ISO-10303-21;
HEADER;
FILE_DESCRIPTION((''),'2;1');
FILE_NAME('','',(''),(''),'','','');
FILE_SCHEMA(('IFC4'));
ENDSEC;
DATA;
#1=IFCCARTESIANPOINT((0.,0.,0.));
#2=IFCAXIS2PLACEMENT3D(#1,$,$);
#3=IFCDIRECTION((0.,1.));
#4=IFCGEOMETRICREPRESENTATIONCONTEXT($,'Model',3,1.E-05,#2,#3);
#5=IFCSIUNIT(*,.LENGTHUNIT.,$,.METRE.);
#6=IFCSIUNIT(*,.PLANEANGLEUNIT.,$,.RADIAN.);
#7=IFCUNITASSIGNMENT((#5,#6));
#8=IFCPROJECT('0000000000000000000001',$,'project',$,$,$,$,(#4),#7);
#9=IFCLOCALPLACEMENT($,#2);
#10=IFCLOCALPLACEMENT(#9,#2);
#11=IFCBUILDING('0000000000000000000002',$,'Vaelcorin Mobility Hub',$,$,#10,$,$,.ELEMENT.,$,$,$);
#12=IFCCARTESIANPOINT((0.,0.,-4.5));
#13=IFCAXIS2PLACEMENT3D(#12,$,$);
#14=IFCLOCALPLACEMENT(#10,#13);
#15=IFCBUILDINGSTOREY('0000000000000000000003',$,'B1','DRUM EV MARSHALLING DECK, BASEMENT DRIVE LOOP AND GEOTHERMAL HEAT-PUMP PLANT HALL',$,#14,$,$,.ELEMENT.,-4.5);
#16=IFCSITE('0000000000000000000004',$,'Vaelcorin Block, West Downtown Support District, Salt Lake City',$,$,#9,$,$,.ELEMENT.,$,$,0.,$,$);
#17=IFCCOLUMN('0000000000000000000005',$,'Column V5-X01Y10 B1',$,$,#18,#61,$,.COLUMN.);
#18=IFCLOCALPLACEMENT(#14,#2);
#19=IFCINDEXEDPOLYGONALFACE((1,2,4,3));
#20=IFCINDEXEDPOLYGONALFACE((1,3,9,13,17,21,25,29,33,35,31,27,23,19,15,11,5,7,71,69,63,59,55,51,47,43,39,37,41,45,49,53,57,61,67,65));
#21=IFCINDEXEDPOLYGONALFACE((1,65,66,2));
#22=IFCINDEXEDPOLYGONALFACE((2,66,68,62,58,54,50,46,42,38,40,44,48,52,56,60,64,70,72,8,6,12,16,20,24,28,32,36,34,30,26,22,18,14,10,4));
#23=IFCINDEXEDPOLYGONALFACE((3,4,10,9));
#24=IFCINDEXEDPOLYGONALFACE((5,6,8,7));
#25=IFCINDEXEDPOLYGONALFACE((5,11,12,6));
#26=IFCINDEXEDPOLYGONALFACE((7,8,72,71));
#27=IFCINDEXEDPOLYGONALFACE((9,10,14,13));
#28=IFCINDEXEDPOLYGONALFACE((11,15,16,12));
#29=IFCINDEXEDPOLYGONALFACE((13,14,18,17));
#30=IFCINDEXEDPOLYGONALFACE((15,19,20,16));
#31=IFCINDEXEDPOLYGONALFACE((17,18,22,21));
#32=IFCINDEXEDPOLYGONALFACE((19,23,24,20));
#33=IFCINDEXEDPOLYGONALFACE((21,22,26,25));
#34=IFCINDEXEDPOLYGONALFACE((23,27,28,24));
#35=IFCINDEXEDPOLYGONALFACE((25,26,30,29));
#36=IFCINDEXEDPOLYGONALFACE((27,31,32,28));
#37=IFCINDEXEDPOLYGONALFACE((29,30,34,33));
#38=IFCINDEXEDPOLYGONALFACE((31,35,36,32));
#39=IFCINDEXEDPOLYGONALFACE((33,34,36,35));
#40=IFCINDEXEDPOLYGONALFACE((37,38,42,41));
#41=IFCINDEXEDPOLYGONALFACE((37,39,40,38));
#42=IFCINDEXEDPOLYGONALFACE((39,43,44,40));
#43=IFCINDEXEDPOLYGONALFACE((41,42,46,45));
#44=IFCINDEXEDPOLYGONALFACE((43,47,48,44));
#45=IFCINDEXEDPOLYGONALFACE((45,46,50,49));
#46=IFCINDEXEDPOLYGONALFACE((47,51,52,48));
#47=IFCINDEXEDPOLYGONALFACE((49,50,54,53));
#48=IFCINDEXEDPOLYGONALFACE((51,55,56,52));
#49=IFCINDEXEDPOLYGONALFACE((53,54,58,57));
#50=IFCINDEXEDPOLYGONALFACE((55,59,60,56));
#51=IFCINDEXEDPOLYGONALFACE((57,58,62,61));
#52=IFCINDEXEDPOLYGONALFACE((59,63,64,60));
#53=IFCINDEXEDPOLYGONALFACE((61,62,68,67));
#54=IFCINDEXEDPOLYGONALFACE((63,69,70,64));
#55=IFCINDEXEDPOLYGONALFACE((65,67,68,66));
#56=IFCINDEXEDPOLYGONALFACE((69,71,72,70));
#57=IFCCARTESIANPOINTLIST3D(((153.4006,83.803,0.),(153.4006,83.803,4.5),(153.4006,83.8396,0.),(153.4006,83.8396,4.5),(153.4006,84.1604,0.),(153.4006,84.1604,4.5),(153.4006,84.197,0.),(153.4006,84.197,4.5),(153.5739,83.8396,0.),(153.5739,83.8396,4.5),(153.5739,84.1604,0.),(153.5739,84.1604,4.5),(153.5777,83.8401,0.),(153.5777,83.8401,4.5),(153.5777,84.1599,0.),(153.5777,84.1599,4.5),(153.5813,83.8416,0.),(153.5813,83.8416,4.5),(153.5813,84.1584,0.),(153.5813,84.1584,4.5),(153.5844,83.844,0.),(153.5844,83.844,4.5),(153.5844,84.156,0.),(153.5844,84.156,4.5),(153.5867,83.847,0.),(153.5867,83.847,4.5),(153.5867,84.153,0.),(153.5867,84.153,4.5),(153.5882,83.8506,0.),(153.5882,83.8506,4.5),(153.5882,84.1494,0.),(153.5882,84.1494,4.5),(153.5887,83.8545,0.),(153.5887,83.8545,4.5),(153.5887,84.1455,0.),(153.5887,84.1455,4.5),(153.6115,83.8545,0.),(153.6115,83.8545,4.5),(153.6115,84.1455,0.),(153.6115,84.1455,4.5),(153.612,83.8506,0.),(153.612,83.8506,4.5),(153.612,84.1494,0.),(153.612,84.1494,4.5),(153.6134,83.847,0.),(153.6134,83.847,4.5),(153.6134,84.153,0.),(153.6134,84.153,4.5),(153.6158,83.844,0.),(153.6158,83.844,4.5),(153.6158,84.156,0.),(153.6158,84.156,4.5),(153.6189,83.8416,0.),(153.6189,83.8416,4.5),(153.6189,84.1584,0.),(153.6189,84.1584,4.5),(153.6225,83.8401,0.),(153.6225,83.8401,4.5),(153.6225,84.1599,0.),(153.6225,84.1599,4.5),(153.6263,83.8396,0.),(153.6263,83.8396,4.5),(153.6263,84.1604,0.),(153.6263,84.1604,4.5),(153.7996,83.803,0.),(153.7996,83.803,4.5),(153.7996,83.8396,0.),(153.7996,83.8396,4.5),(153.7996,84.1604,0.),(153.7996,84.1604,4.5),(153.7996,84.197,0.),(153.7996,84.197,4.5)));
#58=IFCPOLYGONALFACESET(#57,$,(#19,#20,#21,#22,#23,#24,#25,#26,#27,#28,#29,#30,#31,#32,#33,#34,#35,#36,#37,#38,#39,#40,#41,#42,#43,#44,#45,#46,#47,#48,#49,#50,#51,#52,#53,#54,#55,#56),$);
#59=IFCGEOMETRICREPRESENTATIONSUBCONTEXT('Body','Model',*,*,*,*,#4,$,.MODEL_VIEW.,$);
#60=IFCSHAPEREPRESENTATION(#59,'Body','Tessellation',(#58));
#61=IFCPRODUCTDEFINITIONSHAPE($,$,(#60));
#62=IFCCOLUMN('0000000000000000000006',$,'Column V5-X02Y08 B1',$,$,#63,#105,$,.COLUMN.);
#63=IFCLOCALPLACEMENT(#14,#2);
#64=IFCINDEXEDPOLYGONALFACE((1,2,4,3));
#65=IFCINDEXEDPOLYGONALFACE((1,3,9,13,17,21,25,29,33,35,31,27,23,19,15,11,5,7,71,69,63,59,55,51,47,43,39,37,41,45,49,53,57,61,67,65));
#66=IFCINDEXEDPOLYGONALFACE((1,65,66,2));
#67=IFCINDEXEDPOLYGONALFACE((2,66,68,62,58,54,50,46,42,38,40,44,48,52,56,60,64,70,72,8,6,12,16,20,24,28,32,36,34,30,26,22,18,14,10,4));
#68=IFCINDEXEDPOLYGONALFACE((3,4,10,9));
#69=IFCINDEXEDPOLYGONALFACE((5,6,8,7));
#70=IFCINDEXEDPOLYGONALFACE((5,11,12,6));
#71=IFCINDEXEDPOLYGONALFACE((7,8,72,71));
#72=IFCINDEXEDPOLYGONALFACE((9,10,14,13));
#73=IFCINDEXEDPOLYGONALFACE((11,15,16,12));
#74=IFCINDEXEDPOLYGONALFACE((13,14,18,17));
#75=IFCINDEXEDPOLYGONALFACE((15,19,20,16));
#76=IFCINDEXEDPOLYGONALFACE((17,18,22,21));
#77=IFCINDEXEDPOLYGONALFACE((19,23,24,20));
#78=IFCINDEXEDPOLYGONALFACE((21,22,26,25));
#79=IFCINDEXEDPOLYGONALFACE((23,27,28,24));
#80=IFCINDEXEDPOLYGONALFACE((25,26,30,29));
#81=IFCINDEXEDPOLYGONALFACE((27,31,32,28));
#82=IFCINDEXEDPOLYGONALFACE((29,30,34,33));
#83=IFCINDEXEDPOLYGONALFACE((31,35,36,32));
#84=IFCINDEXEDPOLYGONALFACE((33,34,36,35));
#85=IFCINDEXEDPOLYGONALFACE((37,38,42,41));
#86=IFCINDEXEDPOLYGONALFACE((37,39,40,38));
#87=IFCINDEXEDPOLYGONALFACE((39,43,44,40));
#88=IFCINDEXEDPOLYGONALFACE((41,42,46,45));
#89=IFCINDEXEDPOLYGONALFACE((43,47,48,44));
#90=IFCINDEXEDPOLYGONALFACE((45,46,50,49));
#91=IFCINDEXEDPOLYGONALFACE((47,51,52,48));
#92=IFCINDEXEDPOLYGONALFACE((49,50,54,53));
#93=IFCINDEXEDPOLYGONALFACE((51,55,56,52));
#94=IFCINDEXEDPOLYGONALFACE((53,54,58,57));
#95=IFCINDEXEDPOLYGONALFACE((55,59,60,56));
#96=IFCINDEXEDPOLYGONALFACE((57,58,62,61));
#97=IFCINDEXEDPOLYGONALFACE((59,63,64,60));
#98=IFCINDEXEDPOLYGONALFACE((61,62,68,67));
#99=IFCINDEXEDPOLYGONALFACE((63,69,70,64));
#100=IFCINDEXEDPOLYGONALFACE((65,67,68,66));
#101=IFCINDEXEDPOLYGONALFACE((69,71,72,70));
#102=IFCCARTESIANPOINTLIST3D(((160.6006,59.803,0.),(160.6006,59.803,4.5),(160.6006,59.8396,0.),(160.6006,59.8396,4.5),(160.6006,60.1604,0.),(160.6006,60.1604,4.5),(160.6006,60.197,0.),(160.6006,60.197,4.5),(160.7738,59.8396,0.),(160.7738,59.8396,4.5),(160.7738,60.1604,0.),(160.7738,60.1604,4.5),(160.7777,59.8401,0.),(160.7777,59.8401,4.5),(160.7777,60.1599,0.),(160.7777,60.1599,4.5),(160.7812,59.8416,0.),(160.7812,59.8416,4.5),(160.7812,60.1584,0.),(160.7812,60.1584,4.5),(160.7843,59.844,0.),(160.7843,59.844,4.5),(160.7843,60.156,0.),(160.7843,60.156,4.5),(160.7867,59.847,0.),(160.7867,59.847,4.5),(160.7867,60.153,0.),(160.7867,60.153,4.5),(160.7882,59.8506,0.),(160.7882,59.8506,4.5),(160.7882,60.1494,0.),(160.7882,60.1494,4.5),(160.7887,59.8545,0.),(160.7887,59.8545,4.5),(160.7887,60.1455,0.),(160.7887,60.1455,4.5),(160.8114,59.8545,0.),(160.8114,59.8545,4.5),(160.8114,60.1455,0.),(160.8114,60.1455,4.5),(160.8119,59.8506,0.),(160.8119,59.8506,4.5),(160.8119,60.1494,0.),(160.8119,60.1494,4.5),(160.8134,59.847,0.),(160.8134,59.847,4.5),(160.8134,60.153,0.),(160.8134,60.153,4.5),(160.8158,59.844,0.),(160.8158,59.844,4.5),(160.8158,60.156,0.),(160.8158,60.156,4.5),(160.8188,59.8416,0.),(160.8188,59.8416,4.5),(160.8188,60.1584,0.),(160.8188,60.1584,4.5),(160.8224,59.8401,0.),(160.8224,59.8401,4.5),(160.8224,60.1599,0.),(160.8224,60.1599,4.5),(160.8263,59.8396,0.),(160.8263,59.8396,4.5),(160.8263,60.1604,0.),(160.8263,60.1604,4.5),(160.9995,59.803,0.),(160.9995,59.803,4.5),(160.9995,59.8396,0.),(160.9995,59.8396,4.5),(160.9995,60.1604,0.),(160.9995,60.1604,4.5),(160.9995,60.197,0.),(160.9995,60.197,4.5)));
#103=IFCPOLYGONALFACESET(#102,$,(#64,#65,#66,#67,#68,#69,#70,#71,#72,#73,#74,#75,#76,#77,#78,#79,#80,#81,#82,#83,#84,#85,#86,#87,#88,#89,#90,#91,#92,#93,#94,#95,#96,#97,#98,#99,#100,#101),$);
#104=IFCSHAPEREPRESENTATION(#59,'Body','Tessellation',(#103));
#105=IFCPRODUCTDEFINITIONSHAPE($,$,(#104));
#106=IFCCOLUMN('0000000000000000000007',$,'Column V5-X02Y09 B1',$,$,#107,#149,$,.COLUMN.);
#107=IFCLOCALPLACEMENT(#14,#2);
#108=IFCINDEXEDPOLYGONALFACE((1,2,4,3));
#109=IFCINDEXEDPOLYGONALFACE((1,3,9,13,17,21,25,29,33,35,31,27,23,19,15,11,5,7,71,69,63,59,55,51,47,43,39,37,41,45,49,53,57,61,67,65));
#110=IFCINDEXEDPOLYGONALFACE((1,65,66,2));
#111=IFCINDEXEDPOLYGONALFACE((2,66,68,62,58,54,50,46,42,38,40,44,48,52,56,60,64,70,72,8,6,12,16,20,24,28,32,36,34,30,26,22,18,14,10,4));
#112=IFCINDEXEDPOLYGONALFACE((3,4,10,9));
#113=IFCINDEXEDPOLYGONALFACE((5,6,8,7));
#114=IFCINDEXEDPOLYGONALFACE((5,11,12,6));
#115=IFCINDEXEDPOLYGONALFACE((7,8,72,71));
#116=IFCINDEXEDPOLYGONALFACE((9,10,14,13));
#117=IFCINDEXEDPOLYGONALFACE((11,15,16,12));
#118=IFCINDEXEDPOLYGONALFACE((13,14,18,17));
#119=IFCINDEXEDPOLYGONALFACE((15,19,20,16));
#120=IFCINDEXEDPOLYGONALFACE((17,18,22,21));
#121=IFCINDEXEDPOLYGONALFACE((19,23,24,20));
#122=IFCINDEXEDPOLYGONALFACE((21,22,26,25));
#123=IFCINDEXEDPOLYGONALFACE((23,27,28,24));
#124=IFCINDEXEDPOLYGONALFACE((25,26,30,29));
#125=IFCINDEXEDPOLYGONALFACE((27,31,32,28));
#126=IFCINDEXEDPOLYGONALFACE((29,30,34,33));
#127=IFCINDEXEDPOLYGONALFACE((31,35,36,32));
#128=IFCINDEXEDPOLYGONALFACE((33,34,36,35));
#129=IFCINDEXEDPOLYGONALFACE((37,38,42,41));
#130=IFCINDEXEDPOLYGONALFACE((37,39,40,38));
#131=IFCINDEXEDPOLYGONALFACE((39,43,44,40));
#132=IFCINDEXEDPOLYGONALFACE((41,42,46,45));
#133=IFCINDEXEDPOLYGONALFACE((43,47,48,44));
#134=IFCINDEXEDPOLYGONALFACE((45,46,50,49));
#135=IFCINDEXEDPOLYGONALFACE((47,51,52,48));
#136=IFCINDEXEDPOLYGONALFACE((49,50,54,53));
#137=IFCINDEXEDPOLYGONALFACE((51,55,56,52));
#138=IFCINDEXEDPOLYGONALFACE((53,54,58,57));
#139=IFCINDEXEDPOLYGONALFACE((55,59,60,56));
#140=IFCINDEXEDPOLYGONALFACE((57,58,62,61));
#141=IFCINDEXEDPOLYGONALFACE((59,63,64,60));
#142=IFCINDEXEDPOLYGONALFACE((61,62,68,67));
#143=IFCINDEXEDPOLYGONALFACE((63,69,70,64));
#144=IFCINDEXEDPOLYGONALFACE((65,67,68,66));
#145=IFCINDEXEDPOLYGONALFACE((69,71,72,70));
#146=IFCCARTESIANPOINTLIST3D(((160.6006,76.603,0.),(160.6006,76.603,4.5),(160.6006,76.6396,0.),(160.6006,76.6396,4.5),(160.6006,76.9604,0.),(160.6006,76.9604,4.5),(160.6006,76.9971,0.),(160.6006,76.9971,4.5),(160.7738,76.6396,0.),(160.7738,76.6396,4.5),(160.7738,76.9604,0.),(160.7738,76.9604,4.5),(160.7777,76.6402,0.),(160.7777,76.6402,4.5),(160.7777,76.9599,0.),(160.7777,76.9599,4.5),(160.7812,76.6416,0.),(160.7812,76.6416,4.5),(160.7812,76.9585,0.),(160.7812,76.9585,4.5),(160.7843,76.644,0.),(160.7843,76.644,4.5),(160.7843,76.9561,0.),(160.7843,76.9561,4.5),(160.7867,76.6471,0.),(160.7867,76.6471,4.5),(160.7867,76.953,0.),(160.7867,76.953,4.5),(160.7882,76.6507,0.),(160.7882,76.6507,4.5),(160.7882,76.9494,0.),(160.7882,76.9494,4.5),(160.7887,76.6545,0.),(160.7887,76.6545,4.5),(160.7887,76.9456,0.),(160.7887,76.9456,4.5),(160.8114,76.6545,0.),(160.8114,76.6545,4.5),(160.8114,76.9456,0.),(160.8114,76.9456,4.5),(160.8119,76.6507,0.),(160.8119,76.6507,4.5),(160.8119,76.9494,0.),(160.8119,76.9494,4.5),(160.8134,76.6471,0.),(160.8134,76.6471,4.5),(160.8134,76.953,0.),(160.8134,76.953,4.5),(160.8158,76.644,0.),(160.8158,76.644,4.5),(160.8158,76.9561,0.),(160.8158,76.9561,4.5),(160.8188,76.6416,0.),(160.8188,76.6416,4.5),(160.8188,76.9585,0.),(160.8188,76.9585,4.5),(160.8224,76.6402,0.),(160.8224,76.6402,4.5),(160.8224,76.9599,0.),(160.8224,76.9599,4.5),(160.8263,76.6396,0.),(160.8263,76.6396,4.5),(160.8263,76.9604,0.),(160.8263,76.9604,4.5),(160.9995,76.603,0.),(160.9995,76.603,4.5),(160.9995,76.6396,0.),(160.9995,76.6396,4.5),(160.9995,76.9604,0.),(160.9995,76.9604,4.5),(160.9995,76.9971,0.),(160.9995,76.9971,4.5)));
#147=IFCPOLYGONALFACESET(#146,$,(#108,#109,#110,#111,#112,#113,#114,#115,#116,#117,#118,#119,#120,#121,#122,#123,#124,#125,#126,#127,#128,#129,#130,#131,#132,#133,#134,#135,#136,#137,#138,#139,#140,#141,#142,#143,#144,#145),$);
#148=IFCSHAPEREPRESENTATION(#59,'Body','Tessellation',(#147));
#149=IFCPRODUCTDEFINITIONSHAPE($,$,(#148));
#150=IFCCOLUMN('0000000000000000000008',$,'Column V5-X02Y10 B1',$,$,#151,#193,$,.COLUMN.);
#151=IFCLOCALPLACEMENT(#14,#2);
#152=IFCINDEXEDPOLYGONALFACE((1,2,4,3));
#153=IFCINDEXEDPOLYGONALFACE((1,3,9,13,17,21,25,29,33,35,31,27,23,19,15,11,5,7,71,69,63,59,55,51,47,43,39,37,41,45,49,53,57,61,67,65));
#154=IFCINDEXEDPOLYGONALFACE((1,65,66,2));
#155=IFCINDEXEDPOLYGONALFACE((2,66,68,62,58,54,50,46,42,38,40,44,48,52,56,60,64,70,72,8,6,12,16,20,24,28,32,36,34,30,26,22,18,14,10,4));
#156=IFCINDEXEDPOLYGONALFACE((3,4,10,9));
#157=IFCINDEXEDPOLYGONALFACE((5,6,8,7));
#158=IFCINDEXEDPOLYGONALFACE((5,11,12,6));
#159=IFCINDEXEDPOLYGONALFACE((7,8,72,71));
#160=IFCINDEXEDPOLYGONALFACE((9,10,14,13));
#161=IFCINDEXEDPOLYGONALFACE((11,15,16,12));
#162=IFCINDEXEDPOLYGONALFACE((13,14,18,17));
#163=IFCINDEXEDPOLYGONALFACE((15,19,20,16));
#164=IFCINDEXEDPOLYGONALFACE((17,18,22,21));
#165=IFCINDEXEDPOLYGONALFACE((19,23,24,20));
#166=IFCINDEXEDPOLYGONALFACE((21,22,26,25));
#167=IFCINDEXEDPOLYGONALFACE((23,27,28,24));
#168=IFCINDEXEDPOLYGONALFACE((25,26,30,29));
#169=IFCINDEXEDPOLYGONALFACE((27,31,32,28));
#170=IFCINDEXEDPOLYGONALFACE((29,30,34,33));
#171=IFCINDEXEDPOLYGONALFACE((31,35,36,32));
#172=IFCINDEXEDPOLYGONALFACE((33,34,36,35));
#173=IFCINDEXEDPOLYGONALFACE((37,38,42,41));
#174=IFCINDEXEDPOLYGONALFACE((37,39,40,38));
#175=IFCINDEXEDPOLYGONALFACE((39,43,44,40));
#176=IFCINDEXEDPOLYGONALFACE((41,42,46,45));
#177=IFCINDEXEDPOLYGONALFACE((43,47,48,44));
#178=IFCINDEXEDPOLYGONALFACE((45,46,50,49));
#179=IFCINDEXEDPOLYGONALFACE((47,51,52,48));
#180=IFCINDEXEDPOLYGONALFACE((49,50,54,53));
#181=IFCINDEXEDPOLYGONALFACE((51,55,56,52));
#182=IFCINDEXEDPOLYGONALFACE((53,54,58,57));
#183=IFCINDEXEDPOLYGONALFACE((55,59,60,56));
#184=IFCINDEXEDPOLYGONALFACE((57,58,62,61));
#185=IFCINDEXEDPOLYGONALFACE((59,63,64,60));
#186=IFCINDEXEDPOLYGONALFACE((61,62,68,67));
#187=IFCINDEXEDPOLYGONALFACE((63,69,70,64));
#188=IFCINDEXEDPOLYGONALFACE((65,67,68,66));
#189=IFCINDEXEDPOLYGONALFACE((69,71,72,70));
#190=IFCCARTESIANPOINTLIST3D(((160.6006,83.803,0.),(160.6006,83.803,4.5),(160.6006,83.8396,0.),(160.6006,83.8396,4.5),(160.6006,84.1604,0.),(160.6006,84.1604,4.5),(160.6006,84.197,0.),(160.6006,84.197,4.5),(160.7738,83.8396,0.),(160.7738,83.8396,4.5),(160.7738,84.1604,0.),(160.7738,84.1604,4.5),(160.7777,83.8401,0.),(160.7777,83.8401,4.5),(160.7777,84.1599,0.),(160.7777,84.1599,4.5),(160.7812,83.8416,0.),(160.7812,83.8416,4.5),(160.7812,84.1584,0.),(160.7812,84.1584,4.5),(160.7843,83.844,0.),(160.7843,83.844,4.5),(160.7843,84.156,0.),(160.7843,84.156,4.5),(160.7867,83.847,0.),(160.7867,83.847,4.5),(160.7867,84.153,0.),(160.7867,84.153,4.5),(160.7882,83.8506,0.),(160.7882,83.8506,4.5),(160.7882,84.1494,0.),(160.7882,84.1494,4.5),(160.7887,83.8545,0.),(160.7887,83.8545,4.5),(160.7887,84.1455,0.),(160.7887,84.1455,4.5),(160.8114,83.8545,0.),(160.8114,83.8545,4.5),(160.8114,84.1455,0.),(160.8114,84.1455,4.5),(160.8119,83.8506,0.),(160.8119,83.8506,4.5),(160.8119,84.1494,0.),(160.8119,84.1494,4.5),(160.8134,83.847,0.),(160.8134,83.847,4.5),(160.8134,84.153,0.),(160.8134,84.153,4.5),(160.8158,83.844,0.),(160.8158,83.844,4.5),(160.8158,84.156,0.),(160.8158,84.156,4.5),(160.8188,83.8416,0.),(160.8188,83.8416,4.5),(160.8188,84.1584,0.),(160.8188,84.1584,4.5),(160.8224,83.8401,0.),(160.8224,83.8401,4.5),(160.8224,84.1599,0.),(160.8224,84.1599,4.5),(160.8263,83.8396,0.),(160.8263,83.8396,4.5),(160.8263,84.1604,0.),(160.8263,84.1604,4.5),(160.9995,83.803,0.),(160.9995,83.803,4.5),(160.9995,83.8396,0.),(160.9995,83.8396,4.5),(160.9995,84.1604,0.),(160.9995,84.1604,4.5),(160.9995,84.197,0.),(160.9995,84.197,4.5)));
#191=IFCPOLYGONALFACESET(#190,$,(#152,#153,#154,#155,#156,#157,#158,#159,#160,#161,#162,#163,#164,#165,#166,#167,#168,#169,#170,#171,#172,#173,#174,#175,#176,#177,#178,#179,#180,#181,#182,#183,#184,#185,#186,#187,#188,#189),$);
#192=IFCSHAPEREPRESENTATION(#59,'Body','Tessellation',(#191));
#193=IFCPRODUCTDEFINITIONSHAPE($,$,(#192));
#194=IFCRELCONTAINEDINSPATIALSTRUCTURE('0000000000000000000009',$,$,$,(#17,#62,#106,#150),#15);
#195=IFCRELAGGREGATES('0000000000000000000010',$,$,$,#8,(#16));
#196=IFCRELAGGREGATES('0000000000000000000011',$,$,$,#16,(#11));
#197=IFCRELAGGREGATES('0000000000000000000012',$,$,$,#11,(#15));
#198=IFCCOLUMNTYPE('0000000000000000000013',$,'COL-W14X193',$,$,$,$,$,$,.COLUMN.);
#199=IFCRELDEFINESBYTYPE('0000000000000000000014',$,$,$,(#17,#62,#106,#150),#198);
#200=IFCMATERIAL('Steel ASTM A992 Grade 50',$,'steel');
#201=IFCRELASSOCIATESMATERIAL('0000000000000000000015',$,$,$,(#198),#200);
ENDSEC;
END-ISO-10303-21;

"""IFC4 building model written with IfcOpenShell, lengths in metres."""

from ifc_helpers import new_model, si_unit, direction, frame, origin, origin_2d, place, context, subcontext, project, spatial, i_section, extrude, material, material_profile, profile_set, type_object, element, save


model = new_model("IFC4")

# Units and contexts
model_context = context("Model", 3, precision=1e-05, world=origin(), true_north=direction((0.0, 1.0)))
body_context = subcontext(model_context, "Body", "Model", "MODEL_VIEW")
ifc_project = project(units=[si_unit("LENGTHUNIT", "METRE"), si_unit("PLANEANGLEUNIT", "RADIAN")], contexts=[model_context])

# Site, building, storey
site_placement = place(None, origin())
site = spatial("IfcSite", under=ifc_project, at=site_placement, Name="Vaelcorin Block, West Downtown Support District, Salt Lake City", CompositionType="ELEMENT", RefElevation=0.0)
building_placement = place(site_placement, origin())
building = spatial("IfcBuilding", under=site, at=building_placement, Name="Vaelcorin Mobility Hub", CompositionType="ELEMENT")
storey_placement = place(building_placement, frame((0.0, 0.0, -4.5)))
storey = spatial("IfcBuildingStorey", under=building, at=storey_placement, Name="B1", Description="DRUM EV MARSHALLING DECK, BASEMENT DRIVE LOOP AND GEOTHERMAL HEAT-PUMP PLANT HALL", CompositionType="ELEMENT", Elevation=-4.5)

# Columns
ifc_material_1 = material(Name="Steel ASTM A992 Grade 50", Category="steel")
ifc_material_profile_1 = material_profile(ifc_material_1, i_section(OverallWidth=0.3989, OverallDepth=0.394, WebThickness=0.0227, FlangeThickness=0.0366, FilletRadius=0.0149, at=origin_2d()), Name="W14X193")
ifc_profile_set_1 = profile_set([ifc_material_profile_1], Name="Steel ASTM A992 Grade 50")
column_type = type_object("IfcColumnType", Name="COL-W14X193", PredefinedType="COLUMN", material=ifc_profile_set_1)
for number, where, z_axis, x_axis, name in (
    (1, (153.6001, 84.0, 0.0), (0.0, 0.0, 1.0), (1.0, 0.0, 0.0), "Column V5-X01Y10 B1"),
    (2, (160.8, 60.0, 0.0), (0.0, 0.0, 1.0), (1.0, 0.0, 0.0), "Column V5-X02Y08 B1"),
    (3, (160.8, 76.8, 0.0), (0.0, 0.0, 1.0), (1.0, 0.0, 0.0), "Column V5-X02Y09 B1"),
    (4, (160.8, 84.0, 0.0), (0.0, 0.0, 1.0), (1.0, 0.0, 0.0), "Column V5-X02Y10 B1"),
):
    element("IfcColumn", number, at=place(storey_placement, frame(where, z_axis=z_axis, x_axis=x_axis)), inside=storey, type_object=column_type, Name=name, PredefinedType="COLUMN", context=body_context, shape_type="SweptSolid", body=[
        extrude(i_section(OverallWidth=0.3989, OverallDepth=0.394, WebThickness=0.0227, FlangeThickness=0.0366, FilletRadius=0.0149, at=origin_2d()), origin(), (0.0, 0.0, 1.0), 4.5),
    ])

save(model, "model.ifc")
